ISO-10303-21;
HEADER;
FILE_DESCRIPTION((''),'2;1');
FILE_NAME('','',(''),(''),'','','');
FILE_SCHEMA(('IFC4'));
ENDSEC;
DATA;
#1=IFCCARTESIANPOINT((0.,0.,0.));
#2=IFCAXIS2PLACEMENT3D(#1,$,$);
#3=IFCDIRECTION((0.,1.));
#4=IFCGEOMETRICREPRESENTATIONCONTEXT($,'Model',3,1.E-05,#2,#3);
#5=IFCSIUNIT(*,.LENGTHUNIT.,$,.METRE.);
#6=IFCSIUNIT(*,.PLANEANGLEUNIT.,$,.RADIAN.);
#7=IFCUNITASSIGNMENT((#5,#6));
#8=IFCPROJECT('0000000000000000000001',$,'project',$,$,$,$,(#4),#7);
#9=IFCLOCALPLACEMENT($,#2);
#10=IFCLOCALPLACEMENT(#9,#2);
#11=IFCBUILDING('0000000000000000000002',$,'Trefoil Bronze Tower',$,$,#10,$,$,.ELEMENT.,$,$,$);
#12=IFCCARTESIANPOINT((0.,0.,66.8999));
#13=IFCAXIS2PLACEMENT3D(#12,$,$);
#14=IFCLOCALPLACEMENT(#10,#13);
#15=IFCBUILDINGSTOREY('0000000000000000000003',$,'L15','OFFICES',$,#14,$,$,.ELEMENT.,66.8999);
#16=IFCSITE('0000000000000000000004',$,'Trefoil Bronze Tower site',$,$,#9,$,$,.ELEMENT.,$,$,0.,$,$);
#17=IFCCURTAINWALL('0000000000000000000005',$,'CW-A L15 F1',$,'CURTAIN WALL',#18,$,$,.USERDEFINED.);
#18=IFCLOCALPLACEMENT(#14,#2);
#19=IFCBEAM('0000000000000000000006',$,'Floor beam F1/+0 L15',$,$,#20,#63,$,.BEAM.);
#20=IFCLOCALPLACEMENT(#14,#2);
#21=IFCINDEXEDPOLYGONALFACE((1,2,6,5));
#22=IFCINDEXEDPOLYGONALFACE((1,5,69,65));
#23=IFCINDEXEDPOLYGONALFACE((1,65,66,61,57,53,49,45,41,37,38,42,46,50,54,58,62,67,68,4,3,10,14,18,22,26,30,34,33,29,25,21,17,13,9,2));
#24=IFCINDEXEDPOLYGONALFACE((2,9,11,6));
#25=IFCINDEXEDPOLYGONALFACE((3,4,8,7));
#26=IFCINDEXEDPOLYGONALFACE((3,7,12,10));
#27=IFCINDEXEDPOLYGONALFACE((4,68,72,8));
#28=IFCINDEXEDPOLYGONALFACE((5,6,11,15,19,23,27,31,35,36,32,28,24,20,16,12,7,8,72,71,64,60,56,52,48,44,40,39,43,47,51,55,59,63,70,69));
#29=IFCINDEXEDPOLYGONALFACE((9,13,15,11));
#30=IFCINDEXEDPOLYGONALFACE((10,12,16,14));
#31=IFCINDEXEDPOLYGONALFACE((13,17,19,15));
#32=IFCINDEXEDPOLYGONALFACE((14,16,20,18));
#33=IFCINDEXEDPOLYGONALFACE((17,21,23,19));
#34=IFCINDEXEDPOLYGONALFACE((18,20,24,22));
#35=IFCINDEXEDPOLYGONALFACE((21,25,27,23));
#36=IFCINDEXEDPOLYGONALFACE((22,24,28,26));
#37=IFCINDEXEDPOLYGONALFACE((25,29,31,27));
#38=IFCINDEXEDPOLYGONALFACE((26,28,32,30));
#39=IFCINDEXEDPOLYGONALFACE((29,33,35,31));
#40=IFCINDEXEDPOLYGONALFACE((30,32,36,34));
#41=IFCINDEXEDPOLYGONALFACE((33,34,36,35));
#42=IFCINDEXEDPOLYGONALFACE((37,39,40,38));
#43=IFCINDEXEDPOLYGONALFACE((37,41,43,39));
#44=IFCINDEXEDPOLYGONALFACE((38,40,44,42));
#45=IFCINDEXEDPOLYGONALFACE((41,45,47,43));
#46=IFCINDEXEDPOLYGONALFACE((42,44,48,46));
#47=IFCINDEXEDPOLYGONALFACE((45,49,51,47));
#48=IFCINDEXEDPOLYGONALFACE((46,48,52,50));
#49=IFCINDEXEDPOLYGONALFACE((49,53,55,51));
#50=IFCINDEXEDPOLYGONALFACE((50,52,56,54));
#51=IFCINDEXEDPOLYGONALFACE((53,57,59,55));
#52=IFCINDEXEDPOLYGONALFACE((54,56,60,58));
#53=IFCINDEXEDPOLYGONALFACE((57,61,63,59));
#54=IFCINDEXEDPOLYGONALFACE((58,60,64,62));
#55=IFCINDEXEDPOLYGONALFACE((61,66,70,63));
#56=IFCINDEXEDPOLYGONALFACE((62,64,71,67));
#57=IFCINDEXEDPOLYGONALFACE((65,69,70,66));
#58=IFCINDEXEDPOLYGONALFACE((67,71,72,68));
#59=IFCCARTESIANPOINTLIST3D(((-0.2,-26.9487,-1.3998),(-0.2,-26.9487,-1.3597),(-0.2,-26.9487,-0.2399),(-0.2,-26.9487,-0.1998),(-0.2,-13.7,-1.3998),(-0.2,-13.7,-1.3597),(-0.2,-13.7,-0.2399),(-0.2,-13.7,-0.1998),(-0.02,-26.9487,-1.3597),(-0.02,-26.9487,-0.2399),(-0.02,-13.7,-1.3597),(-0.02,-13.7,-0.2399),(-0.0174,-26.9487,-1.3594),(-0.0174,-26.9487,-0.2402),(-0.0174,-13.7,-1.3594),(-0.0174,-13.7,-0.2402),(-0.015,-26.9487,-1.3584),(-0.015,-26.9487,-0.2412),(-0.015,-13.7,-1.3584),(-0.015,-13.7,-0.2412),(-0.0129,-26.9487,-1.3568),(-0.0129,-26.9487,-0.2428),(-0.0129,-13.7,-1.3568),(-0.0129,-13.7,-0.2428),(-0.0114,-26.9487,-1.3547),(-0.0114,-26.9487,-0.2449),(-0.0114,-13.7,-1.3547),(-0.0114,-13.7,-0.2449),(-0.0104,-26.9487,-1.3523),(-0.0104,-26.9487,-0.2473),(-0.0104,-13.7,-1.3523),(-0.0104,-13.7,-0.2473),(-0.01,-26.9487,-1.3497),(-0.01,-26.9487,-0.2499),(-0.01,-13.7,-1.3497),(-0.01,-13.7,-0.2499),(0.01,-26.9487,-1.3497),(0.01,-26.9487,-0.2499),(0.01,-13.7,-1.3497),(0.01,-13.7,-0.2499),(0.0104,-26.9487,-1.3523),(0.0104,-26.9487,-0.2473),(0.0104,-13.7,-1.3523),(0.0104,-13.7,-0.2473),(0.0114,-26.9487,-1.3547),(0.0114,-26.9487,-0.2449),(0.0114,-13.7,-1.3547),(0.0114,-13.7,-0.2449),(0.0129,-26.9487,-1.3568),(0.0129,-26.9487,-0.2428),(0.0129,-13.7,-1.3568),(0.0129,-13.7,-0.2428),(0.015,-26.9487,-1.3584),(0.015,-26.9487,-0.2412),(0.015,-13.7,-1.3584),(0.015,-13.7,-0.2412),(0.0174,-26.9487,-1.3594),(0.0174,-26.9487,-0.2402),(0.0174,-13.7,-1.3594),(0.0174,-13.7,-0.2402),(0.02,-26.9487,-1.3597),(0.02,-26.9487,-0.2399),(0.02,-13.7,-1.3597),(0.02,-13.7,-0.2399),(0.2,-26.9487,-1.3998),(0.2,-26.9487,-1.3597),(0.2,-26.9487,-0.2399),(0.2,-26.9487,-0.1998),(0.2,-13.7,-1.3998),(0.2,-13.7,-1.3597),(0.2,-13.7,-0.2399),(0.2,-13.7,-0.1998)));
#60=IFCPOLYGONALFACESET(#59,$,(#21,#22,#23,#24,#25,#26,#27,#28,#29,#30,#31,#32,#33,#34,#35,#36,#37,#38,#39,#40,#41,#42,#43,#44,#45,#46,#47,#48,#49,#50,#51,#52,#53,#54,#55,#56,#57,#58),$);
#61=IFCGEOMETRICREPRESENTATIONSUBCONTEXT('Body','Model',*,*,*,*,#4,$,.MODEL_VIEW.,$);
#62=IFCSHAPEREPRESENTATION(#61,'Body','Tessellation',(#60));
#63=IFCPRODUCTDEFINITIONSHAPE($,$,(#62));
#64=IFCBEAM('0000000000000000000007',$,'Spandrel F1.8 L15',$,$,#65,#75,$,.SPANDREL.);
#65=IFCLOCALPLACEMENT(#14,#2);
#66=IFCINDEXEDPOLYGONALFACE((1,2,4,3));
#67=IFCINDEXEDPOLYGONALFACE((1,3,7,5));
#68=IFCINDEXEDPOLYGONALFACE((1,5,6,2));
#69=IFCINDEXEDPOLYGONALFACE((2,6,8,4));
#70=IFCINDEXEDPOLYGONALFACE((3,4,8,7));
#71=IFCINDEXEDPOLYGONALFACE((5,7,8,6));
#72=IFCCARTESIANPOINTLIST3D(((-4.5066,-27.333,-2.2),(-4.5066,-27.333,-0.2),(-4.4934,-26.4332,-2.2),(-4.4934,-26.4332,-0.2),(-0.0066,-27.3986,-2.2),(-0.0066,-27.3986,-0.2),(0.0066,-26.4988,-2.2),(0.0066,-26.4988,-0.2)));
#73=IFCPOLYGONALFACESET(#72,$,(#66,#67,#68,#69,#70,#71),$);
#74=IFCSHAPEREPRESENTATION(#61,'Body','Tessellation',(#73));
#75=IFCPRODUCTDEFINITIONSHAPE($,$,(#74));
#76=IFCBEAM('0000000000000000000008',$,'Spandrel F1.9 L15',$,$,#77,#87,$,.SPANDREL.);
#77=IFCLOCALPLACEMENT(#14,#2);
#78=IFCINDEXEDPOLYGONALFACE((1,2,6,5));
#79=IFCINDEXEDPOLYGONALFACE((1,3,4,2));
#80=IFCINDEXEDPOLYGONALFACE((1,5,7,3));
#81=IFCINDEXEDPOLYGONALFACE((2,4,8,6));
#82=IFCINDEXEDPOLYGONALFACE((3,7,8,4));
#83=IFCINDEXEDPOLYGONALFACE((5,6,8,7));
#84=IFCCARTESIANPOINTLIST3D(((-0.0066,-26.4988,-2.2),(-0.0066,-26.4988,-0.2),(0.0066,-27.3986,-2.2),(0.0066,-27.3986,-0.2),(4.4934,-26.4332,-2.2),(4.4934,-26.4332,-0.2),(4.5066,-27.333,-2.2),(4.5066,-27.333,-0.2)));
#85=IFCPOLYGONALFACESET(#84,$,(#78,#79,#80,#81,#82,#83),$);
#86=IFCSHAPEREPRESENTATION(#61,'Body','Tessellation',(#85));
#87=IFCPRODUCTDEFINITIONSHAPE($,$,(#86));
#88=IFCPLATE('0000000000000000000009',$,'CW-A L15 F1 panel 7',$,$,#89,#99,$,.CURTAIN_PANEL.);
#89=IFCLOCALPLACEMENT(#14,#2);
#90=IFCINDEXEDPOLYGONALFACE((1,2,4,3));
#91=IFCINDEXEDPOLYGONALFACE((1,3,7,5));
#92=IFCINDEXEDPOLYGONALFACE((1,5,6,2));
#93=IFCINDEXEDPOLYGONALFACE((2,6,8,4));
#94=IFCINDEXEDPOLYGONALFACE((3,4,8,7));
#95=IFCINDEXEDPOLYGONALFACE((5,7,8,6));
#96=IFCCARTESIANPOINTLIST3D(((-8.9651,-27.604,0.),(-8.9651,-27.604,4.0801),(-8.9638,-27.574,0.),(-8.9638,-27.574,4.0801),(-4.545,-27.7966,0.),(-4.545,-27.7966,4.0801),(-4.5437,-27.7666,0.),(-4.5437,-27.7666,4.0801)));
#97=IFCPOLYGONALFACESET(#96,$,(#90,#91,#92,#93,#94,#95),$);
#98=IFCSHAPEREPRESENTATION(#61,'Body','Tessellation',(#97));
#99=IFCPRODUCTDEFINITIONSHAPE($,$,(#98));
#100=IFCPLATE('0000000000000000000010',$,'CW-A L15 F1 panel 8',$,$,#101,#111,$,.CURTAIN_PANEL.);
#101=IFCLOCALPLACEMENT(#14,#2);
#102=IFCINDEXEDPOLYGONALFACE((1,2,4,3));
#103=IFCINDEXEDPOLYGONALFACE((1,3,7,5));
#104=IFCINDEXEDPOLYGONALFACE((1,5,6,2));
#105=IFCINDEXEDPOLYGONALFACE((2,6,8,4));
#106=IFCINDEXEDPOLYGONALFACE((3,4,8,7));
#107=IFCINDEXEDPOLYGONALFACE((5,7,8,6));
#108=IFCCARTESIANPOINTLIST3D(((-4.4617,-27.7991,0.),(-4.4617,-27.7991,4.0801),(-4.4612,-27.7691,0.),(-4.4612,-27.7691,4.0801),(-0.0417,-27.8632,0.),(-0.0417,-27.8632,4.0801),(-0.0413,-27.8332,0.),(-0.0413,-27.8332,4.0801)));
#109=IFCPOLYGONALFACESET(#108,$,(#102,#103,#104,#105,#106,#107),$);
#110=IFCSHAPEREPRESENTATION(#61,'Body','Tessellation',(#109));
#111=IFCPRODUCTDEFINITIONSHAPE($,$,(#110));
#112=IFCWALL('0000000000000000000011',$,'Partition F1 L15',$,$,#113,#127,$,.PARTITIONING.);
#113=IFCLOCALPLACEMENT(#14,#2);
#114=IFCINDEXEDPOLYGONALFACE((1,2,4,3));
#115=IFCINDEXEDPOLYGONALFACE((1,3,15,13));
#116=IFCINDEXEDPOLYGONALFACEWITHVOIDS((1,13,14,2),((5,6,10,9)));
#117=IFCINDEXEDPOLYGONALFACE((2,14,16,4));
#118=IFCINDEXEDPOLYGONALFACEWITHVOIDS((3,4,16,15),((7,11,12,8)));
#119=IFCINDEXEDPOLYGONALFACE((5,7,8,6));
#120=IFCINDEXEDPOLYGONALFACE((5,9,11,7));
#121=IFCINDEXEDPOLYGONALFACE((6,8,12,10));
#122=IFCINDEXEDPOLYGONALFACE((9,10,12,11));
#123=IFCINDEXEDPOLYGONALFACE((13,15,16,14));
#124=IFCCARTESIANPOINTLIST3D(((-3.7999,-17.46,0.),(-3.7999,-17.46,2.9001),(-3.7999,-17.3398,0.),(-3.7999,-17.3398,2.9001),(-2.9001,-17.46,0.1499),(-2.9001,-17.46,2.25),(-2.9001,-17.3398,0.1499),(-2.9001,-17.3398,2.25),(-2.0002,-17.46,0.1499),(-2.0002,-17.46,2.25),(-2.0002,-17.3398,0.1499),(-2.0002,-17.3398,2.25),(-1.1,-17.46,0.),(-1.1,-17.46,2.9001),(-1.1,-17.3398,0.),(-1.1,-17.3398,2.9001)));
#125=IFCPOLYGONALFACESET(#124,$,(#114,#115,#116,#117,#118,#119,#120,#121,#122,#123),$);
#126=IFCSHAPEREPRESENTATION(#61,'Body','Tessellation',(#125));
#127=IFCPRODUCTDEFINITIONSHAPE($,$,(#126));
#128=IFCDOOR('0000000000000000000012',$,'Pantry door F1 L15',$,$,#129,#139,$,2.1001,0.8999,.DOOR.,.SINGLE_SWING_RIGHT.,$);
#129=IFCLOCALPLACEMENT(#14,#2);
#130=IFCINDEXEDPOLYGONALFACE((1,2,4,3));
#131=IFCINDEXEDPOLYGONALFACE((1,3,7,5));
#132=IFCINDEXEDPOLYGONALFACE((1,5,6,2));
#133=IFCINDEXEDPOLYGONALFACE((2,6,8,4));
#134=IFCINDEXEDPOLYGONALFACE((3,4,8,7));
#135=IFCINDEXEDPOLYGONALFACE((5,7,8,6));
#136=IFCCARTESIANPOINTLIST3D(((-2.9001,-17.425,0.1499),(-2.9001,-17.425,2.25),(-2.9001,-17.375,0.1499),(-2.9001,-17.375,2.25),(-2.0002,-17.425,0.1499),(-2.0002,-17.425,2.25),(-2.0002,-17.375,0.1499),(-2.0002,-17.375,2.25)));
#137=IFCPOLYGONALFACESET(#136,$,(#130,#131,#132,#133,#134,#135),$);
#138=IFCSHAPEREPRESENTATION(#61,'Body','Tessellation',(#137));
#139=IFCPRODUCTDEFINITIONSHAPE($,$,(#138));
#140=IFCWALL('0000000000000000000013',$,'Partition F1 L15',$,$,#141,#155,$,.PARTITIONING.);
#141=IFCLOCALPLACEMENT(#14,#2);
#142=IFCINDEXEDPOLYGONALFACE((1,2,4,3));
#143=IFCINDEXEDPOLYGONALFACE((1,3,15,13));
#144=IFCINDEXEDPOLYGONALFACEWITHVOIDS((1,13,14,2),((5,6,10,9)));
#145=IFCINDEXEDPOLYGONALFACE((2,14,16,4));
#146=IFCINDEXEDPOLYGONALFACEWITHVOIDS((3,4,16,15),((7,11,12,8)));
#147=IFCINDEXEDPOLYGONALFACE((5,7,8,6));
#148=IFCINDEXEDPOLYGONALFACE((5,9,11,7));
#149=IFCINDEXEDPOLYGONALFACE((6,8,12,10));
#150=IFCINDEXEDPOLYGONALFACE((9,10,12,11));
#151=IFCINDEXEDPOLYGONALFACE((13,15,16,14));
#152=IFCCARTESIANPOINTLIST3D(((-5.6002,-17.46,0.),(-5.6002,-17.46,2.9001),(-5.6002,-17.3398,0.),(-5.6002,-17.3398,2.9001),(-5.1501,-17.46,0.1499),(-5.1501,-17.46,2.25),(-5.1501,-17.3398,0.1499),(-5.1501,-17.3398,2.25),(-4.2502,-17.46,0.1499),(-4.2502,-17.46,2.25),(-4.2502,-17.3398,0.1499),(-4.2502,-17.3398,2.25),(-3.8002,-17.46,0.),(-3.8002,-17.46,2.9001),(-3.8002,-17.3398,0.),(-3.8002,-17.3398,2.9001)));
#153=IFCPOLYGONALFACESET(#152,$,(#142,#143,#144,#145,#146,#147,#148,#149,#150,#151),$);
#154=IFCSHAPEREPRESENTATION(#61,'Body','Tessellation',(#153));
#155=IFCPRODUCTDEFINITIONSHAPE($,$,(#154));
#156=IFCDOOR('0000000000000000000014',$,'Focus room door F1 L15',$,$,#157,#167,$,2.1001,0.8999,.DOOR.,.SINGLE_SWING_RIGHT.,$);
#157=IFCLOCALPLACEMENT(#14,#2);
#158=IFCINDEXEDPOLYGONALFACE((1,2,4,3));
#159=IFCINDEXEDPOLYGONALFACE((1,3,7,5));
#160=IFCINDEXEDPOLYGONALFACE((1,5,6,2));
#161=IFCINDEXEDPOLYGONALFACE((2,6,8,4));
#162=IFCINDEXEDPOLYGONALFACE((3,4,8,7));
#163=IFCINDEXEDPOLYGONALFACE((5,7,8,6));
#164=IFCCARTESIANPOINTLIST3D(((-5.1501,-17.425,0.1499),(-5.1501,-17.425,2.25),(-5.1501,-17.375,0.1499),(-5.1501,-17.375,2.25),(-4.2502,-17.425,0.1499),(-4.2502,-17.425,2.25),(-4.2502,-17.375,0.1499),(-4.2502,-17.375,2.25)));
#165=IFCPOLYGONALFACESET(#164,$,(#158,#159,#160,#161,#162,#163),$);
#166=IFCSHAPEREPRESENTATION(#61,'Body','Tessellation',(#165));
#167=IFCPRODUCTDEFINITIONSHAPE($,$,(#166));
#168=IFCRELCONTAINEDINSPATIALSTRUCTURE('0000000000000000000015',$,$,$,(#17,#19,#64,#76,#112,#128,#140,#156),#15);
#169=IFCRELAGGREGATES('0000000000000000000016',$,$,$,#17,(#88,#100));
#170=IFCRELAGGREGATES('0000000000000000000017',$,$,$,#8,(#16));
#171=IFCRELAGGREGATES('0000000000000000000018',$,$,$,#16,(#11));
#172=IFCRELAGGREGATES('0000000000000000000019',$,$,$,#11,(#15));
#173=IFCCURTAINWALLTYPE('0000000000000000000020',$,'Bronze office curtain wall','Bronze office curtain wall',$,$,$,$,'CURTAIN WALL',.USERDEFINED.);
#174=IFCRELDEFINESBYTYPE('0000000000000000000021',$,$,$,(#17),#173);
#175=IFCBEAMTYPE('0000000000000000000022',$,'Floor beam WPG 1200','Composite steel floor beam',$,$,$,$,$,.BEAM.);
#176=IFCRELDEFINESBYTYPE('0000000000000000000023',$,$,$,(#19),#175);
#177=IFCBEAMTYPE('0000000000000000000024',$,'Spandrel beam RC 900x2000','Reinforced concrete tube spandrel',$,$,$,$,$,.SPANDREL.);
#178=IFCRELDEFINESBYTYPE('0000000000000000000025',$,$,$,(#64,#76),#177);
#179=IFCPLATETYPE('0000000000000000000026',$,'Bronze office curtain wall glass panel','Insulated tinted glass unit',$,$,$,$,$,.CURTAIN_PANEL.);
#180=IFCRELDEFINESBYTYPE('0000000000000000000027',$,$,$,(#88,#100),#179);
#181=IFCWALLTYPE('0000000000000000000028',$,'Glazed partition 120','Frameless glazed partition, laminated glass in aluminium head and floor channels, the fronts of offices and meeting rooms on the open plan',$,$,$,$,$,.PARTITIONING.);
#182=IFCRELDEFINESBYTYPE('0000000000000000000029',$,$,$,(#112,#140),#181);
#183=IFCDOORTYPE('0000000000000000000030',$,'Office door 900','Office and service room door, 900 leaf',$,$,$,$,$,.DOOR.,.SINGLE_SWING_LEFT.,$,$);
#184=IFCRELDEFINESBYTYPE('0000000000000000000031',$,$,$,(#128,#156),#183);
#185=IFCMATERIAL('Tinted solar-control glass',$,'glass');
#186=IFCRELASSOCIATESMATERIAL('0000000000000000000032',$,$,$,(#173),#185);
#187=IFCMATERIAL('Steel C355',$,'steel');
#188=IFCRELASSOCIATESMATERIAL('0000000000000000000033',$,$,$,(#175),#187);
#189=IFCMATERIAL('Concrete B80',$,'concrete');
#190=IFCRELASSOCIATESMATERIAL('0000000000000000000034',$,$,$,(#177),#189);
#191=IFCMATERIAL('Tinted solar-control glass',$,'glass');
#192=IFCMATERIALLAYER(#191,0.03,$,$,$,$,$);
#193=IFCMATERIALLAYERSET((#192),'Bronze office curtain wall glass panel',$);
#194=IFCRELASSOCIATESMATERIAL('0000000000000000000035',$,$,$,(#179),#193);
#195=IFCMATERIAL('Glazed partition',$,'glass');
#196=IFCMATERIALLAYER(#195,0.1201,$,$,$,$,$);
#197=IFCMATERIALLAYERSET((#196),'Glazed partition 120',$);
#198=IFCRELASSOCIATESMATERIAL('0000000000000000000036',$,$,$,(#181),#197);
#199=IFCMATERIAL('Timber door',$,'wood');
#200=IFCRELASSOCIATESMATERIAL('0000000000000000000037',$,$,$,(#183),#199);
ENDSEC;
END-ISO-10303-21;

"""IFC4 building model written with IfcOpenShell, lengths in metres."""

from ifc_helpers import new_model, si_unit, direction, frame, frame_2d, origin, origin_2d, place, context, subcontext, project, spatial, rectangle, i_section, extrude, material, layer, layer_set, material_profile, profile_set, type_object, element, fill, aggregate, save


model = new_model("IFC4")

# Units and contexts
model_context = context("Model", 3, precision=1e-05, world=origin(), true_north=direction((0.0, 1.0)))
body_context = subcontext(model_context, "Body", "Model", "MODEL_VIEW")
ifc_project = project(units=[si_unit("LENGTHUNIT", "METRE"), si_unit("PLANEANGLEUNIT", "RADIAN")], contexts=[model_context])

# Site, building, storey
site_placement = place(None, origin())
site = spatial("IfcSite", under=ifc_project, at=site_placement, Name="Trefoil Bronze Tower site", CompositionType="ELEMENT", RefElevation=0.0)
building_placement = place(site_placement, origin())
building = spatial("IfcBuilding", under=site, at=building_placement, Name="Trefoil Bronze Tower", CompositionType="ELEMENT")
storey_placement = place(building_placement, frame((0.0, 0.0, 66.8999)))
storey = spatial("IfcBuildingStorey", under=building, at=storey_placement, Name="L15", Description="OFFICES", CompositionType="ELEMENT", Elevation=66.8999)

# Curtain wall
ifc_material_1 = material(Name="Tinted solar-control glass", Category="glass")
curtain_wall_type = type_object("IfcCurtainWallType", Name="Bronze office curtain wall", Description="Bronze office curtain wall", ElementType="CURTAIN WALL", PredefinedType="USERDEFINED", material=ifc_material_1)
curtain_wall_placement = place(storey_placement, origin())
curtain_wall = element("IfcCurtainWall", 1, at=curtain_wall_placement, inside=storey, type_object=curtain_wall_type, Name="CW-A L15 F1", ObjectType="CURTAIN WALL", PredefinedType="USERDEFINED")

# Beams
ifc_material_2 = material(Name="Steel C355", Category="steel")
ifc_material_profile_1 = material_profile(ifc_material_2, i_section(OverallWidth=0.3999, OverallDepth=1.2, WebThickness=0.02, FlangeThickness=0.04, FilletRadius=0.01, at=origin_2d()), Name="WPG 1200")
ifc_profile_set_1 = profile_set([ifc_material_profile_1], Name="Steel C355")
beam_type_1 = type_object("IfcBeamType", Name="Floor beam WPG 1200", Description="Composite steel floor beam", PredefinedType="BEAM", material=ifc_profile_set_1)
beam_1_placement = place(storey_placement, frame((0.0, -26.9487, -0.7998), z_axis=(0.0, 1.0, 0.0), x_axis=(-1.0, 0.0, 0.0)))
element("IfcBeam", 2, at=beam_1_placement, inside=storey, type_object=beam_type_1, Name="Floor beam F1/+0 L15", PredefinedType="BEAM", context=body_context, shape_type="SweptSolid", body=[
    extrude(i_section(OverallWidth=0.3999, OverallDepth=1.2, WebThickness=0.02, FlangeThickness=0.04, FilletRadius=0.01, at=origin_2d()), origin(), (0.0, 0.0, 1.0), 13.2488),
])
ifc_material_3 = material(Name="Concrete B80", Category="concrete")
ifc_material_profile_2 = material_profile(ifc_material_3, rectangle(XDim=0.8999, YDim=2.0, at=origin_2d()), Name="RC 900x2000")
ifc_profile_set_2 = profile_set([ifc_material_profile_2], Name="Concrete B80")
beam_type_2 = type_object("IfcBeamType", Name="Spandrel beam RC 900x2000", Description="Reinforced concrete tube spandrel", PredefinedType="SPANDREL", material=ifc_profile_set_2)
for number, where, z_axis, x_axis, name in (
    (3, (-4.5, -26.8831, -1.2), (0.999894, -0.014593, 0.0), (0.014593, 0.999894, 0.0), "Spandrel F1.8 L15"),
    (4, (0.0, -26.9487, -1.2), (0.999894, 0.014593, 0.0), (-0.014593, 0.999894, 0.0), "Spandrel F1.9 L15"),
):
    element("IfcBeam", number, at=place(storey_placement, frame(where, z_axis=z_axis, x_axis=x_axis)), inside=storey, type_object=beam_type_2, Name=name, PredefinedType="SPANDREL", context=body_context, shape_type="SweptSolid", body=[
        extrude(rectangle(XDim=0.8999, YDim=2.0, at=origin_2d()), origin(), (0.0, 0.0, 1.0), 4.5005),
    ])

# Plates
ifc_material_4 = material(Name="Tinted solar-control glass", Category="glass")
ifc_layer_1 = layer(ifc_material_4, 0.03)
ifc_layer_set_1 = layer_set([ifc_layer_1], Name="Bronze office curtain wall glass panel")
plate_type = type_object("IfcPlateType", Name="Bronze office curtain wall glass panel", Description="Insulated tinted glass unit", PredefinedType="CURTAIN_PANEL", material=ifc_layer_set_1)
plate_1_placement = place(storey_placement, frame((-6.7544, -27.6853, 0.0), z_axis=(0.0, 0.0, 1.0), x_axis=(0.999052, -0.043528, 0.0)))
plate_1 = element("IfcPlate", 5, at=plate_1_placement, type_object=plate_type, Name="CW-A L15 F1 panel 7", PredefinedType="CURTAIN_PANEL", context=body_context, shape_type="SweptSolid", body=[
    extrude(rectangle(XDim=4.4243, YDim=0.03, at=origin_2d()), origin(), (0.0, 0.0, 1.0), 4.0801),
])
plate_2_placement = place(storey_placement, frame((-2.2515, -27.8162, 0.0), z_axis=(0.0, 0.0, 1.0), x_axis=(0.999895, -0.014509, 0.0)))
plate_2 = element("IfcPlate", 6, at=plate_2_placement, type_object=plate_type, Name="CW-A L15 F1 panel 8", PredefinedType="CURTAIN_PANEL", context=body_context, shape_type="SweptSolid", body=[
    extrude(rectangle(XDim=4.4204, YDim=0.03, at=origin_2d()), origin(), (0.0, 0.0, 1.0), 4.0801),
])
aggregate(curtain_wall, [plate_1, plate_2])

# Walls, openings, doors
ifc_material_5 = material(Name="Glazed partition", Category="glass")
ifc_layer_2 = layer(ifc_material_5, 0.1201)
ifc_layer_set_2 = layer_set([ifc_layer_2], Name="Glazed partition 120")
wall_type = type_object("IfcWallType", Name="Glazed partition 120", Description="Frameless glazed partition, laminated glass in aluminium head and floor channels, the fronts of offices and meeting rooms on the open plan", PredefinedType="PARTITIONING", material=ifc_layer_set_2)
wall_1_placement = place(storey_placement, frame((-3.8, -17.3999, 0.0), z_axis=(0.0, 0.0, 1.0), x_axis=(1.0, 0.0, 0.0)))
wall_1 = element("IfcWall", 7, at=wall_1_placement, inside=storey, type_object=wall_type, Name="Partition F1 L15", PredefinedType="PARTITIONING", context=body_context, shape_type="SweptSolid", body=[
    extrude(rectangle(XDim=2.7, YDim=0.1201, at=frame_2d((1.3501, 0.0))), origin(), (0.0, 0.0, 1.0), 2.9001),
])
opening_1_placement = place(wall_1_placement, frame((0.8999, 0.0, 0.1499)))
opening_1 = element("IfcOpeningElement", 8, at=opening_1_placement, cuts=wall_1, PredefinedType="OPENING", context=body_context, shape_type="SweptSolid", body=[
    extrude(rectangle(XDim=0.8999, YDim=2.1001, at=frame_2d((0.45, 1.05))), frame((0.0, 0.0701, 0.0), z_axis=(0.0, -1.0, 0.0), x_axis=(1.0, 0.0, 0.0)), (0.0, 0.0, 1.0), 0.1401),
])
ifc_material_6 = material(Name="Timber door", Category="wood")
door_type = type_object("IfcDoorType", Name="Office door 900", Description="Office and service room door, 900 leaf", OperationType="SINGLE_SWING_LEFT", PredefinedType="DOOR", material=ifc_material_6)
door_1_placement = place(opening_1_placement, origin())
door_1 = element("IfcDoor", 9, at=door_1_placement, inside=storey, type_object=door_type, Name="Pantry door F1 L15", OperationType="SINGLE_SWING_RIGHT", OverallHeight=2.1001, OverallWidth=0.8999, PredefinedType="DOOR", context=body_context, shape_type="SweptSolid", body=[
    extrude(rectangle(XDim=0.8999, YDim=2.1001, at=frame_2d((0.45, 1.05))), frame((0.0, 0.0249, 0.0), z_axis=(0.0, -1.0, 0.0), x_axis=(1.0, 0.0, 0.0)), (0.0, 0.0, 1.0), 0.05),
])
fill(opening_1, door_1)
wall_2_placement = place(storey_placement, frame((-5.6001, -17.3999, 0.0), z_axis=(0.0, 0.0, 1.0), x_axis=(1.0, 0.0, 0.0)))
wall_2 = element("IfcWall", 10, at=wall_2_placement, inside=storey, type_object=wall_type, Name="Partition F1 L15", PredefinedType="PARTITIONING", context=body_context, shape_type="SweptSolid", body=[
    extrude(rectangle(XDim=1.8, YDim=0.1201, at=frame_2d((0.8999, 0.0))), origin(), (0.0, 0.0, 1.0), 2.9001),
])
opening_2_placement = place(wall_2_placement, frame((0.45, 0.0, 0.1499)))
opening_2 = element("IfcOpeningElement", 11, at=opening_2_placement, cuts=wall_2, PredefinedType="OPENING", context=body_context, shape_type="SweptSolid", body=[
    extrude(rectangle(XDim=0.8999, YDim=2.1001, at=frame_2d((0.45, 1.05))), frame((0.0, 0.0701, 0.0), z_axis=(0.0, -1.0, 0.0), x_axis=(1.0, 0.0, 0.0)), (0.0, 0.0, 1.0), 0.1401),
])
door_2_placement = place(opening_2_placement, origin())
door_2 = element("IfcDoor", 12, at=door_2_placement, inside=storey, type_object=door_type, Name="Focus room door F1 L15", OperationType="SINGLE_SWING_RIGHT", OverallHeight=2.1001, OverallWidth=0.8999, PredefinedType="DOOR", context=body_context, shape_type="SweptSolid", body=[
    extrude(rectangle(XDim=0.8999, YDim=2.1001, at=frame_2d((0.45, 1.05))), frame((0.0, 0.0249, 0.0), z_axis=(0.0, -1.0, 0.0), x_axis=(1.0, 0.0, 0.0)), (0.0, 0.0, 1.0), 0.05),
])
fill(opening_2, door_2)

save(model, "model.ifc")
